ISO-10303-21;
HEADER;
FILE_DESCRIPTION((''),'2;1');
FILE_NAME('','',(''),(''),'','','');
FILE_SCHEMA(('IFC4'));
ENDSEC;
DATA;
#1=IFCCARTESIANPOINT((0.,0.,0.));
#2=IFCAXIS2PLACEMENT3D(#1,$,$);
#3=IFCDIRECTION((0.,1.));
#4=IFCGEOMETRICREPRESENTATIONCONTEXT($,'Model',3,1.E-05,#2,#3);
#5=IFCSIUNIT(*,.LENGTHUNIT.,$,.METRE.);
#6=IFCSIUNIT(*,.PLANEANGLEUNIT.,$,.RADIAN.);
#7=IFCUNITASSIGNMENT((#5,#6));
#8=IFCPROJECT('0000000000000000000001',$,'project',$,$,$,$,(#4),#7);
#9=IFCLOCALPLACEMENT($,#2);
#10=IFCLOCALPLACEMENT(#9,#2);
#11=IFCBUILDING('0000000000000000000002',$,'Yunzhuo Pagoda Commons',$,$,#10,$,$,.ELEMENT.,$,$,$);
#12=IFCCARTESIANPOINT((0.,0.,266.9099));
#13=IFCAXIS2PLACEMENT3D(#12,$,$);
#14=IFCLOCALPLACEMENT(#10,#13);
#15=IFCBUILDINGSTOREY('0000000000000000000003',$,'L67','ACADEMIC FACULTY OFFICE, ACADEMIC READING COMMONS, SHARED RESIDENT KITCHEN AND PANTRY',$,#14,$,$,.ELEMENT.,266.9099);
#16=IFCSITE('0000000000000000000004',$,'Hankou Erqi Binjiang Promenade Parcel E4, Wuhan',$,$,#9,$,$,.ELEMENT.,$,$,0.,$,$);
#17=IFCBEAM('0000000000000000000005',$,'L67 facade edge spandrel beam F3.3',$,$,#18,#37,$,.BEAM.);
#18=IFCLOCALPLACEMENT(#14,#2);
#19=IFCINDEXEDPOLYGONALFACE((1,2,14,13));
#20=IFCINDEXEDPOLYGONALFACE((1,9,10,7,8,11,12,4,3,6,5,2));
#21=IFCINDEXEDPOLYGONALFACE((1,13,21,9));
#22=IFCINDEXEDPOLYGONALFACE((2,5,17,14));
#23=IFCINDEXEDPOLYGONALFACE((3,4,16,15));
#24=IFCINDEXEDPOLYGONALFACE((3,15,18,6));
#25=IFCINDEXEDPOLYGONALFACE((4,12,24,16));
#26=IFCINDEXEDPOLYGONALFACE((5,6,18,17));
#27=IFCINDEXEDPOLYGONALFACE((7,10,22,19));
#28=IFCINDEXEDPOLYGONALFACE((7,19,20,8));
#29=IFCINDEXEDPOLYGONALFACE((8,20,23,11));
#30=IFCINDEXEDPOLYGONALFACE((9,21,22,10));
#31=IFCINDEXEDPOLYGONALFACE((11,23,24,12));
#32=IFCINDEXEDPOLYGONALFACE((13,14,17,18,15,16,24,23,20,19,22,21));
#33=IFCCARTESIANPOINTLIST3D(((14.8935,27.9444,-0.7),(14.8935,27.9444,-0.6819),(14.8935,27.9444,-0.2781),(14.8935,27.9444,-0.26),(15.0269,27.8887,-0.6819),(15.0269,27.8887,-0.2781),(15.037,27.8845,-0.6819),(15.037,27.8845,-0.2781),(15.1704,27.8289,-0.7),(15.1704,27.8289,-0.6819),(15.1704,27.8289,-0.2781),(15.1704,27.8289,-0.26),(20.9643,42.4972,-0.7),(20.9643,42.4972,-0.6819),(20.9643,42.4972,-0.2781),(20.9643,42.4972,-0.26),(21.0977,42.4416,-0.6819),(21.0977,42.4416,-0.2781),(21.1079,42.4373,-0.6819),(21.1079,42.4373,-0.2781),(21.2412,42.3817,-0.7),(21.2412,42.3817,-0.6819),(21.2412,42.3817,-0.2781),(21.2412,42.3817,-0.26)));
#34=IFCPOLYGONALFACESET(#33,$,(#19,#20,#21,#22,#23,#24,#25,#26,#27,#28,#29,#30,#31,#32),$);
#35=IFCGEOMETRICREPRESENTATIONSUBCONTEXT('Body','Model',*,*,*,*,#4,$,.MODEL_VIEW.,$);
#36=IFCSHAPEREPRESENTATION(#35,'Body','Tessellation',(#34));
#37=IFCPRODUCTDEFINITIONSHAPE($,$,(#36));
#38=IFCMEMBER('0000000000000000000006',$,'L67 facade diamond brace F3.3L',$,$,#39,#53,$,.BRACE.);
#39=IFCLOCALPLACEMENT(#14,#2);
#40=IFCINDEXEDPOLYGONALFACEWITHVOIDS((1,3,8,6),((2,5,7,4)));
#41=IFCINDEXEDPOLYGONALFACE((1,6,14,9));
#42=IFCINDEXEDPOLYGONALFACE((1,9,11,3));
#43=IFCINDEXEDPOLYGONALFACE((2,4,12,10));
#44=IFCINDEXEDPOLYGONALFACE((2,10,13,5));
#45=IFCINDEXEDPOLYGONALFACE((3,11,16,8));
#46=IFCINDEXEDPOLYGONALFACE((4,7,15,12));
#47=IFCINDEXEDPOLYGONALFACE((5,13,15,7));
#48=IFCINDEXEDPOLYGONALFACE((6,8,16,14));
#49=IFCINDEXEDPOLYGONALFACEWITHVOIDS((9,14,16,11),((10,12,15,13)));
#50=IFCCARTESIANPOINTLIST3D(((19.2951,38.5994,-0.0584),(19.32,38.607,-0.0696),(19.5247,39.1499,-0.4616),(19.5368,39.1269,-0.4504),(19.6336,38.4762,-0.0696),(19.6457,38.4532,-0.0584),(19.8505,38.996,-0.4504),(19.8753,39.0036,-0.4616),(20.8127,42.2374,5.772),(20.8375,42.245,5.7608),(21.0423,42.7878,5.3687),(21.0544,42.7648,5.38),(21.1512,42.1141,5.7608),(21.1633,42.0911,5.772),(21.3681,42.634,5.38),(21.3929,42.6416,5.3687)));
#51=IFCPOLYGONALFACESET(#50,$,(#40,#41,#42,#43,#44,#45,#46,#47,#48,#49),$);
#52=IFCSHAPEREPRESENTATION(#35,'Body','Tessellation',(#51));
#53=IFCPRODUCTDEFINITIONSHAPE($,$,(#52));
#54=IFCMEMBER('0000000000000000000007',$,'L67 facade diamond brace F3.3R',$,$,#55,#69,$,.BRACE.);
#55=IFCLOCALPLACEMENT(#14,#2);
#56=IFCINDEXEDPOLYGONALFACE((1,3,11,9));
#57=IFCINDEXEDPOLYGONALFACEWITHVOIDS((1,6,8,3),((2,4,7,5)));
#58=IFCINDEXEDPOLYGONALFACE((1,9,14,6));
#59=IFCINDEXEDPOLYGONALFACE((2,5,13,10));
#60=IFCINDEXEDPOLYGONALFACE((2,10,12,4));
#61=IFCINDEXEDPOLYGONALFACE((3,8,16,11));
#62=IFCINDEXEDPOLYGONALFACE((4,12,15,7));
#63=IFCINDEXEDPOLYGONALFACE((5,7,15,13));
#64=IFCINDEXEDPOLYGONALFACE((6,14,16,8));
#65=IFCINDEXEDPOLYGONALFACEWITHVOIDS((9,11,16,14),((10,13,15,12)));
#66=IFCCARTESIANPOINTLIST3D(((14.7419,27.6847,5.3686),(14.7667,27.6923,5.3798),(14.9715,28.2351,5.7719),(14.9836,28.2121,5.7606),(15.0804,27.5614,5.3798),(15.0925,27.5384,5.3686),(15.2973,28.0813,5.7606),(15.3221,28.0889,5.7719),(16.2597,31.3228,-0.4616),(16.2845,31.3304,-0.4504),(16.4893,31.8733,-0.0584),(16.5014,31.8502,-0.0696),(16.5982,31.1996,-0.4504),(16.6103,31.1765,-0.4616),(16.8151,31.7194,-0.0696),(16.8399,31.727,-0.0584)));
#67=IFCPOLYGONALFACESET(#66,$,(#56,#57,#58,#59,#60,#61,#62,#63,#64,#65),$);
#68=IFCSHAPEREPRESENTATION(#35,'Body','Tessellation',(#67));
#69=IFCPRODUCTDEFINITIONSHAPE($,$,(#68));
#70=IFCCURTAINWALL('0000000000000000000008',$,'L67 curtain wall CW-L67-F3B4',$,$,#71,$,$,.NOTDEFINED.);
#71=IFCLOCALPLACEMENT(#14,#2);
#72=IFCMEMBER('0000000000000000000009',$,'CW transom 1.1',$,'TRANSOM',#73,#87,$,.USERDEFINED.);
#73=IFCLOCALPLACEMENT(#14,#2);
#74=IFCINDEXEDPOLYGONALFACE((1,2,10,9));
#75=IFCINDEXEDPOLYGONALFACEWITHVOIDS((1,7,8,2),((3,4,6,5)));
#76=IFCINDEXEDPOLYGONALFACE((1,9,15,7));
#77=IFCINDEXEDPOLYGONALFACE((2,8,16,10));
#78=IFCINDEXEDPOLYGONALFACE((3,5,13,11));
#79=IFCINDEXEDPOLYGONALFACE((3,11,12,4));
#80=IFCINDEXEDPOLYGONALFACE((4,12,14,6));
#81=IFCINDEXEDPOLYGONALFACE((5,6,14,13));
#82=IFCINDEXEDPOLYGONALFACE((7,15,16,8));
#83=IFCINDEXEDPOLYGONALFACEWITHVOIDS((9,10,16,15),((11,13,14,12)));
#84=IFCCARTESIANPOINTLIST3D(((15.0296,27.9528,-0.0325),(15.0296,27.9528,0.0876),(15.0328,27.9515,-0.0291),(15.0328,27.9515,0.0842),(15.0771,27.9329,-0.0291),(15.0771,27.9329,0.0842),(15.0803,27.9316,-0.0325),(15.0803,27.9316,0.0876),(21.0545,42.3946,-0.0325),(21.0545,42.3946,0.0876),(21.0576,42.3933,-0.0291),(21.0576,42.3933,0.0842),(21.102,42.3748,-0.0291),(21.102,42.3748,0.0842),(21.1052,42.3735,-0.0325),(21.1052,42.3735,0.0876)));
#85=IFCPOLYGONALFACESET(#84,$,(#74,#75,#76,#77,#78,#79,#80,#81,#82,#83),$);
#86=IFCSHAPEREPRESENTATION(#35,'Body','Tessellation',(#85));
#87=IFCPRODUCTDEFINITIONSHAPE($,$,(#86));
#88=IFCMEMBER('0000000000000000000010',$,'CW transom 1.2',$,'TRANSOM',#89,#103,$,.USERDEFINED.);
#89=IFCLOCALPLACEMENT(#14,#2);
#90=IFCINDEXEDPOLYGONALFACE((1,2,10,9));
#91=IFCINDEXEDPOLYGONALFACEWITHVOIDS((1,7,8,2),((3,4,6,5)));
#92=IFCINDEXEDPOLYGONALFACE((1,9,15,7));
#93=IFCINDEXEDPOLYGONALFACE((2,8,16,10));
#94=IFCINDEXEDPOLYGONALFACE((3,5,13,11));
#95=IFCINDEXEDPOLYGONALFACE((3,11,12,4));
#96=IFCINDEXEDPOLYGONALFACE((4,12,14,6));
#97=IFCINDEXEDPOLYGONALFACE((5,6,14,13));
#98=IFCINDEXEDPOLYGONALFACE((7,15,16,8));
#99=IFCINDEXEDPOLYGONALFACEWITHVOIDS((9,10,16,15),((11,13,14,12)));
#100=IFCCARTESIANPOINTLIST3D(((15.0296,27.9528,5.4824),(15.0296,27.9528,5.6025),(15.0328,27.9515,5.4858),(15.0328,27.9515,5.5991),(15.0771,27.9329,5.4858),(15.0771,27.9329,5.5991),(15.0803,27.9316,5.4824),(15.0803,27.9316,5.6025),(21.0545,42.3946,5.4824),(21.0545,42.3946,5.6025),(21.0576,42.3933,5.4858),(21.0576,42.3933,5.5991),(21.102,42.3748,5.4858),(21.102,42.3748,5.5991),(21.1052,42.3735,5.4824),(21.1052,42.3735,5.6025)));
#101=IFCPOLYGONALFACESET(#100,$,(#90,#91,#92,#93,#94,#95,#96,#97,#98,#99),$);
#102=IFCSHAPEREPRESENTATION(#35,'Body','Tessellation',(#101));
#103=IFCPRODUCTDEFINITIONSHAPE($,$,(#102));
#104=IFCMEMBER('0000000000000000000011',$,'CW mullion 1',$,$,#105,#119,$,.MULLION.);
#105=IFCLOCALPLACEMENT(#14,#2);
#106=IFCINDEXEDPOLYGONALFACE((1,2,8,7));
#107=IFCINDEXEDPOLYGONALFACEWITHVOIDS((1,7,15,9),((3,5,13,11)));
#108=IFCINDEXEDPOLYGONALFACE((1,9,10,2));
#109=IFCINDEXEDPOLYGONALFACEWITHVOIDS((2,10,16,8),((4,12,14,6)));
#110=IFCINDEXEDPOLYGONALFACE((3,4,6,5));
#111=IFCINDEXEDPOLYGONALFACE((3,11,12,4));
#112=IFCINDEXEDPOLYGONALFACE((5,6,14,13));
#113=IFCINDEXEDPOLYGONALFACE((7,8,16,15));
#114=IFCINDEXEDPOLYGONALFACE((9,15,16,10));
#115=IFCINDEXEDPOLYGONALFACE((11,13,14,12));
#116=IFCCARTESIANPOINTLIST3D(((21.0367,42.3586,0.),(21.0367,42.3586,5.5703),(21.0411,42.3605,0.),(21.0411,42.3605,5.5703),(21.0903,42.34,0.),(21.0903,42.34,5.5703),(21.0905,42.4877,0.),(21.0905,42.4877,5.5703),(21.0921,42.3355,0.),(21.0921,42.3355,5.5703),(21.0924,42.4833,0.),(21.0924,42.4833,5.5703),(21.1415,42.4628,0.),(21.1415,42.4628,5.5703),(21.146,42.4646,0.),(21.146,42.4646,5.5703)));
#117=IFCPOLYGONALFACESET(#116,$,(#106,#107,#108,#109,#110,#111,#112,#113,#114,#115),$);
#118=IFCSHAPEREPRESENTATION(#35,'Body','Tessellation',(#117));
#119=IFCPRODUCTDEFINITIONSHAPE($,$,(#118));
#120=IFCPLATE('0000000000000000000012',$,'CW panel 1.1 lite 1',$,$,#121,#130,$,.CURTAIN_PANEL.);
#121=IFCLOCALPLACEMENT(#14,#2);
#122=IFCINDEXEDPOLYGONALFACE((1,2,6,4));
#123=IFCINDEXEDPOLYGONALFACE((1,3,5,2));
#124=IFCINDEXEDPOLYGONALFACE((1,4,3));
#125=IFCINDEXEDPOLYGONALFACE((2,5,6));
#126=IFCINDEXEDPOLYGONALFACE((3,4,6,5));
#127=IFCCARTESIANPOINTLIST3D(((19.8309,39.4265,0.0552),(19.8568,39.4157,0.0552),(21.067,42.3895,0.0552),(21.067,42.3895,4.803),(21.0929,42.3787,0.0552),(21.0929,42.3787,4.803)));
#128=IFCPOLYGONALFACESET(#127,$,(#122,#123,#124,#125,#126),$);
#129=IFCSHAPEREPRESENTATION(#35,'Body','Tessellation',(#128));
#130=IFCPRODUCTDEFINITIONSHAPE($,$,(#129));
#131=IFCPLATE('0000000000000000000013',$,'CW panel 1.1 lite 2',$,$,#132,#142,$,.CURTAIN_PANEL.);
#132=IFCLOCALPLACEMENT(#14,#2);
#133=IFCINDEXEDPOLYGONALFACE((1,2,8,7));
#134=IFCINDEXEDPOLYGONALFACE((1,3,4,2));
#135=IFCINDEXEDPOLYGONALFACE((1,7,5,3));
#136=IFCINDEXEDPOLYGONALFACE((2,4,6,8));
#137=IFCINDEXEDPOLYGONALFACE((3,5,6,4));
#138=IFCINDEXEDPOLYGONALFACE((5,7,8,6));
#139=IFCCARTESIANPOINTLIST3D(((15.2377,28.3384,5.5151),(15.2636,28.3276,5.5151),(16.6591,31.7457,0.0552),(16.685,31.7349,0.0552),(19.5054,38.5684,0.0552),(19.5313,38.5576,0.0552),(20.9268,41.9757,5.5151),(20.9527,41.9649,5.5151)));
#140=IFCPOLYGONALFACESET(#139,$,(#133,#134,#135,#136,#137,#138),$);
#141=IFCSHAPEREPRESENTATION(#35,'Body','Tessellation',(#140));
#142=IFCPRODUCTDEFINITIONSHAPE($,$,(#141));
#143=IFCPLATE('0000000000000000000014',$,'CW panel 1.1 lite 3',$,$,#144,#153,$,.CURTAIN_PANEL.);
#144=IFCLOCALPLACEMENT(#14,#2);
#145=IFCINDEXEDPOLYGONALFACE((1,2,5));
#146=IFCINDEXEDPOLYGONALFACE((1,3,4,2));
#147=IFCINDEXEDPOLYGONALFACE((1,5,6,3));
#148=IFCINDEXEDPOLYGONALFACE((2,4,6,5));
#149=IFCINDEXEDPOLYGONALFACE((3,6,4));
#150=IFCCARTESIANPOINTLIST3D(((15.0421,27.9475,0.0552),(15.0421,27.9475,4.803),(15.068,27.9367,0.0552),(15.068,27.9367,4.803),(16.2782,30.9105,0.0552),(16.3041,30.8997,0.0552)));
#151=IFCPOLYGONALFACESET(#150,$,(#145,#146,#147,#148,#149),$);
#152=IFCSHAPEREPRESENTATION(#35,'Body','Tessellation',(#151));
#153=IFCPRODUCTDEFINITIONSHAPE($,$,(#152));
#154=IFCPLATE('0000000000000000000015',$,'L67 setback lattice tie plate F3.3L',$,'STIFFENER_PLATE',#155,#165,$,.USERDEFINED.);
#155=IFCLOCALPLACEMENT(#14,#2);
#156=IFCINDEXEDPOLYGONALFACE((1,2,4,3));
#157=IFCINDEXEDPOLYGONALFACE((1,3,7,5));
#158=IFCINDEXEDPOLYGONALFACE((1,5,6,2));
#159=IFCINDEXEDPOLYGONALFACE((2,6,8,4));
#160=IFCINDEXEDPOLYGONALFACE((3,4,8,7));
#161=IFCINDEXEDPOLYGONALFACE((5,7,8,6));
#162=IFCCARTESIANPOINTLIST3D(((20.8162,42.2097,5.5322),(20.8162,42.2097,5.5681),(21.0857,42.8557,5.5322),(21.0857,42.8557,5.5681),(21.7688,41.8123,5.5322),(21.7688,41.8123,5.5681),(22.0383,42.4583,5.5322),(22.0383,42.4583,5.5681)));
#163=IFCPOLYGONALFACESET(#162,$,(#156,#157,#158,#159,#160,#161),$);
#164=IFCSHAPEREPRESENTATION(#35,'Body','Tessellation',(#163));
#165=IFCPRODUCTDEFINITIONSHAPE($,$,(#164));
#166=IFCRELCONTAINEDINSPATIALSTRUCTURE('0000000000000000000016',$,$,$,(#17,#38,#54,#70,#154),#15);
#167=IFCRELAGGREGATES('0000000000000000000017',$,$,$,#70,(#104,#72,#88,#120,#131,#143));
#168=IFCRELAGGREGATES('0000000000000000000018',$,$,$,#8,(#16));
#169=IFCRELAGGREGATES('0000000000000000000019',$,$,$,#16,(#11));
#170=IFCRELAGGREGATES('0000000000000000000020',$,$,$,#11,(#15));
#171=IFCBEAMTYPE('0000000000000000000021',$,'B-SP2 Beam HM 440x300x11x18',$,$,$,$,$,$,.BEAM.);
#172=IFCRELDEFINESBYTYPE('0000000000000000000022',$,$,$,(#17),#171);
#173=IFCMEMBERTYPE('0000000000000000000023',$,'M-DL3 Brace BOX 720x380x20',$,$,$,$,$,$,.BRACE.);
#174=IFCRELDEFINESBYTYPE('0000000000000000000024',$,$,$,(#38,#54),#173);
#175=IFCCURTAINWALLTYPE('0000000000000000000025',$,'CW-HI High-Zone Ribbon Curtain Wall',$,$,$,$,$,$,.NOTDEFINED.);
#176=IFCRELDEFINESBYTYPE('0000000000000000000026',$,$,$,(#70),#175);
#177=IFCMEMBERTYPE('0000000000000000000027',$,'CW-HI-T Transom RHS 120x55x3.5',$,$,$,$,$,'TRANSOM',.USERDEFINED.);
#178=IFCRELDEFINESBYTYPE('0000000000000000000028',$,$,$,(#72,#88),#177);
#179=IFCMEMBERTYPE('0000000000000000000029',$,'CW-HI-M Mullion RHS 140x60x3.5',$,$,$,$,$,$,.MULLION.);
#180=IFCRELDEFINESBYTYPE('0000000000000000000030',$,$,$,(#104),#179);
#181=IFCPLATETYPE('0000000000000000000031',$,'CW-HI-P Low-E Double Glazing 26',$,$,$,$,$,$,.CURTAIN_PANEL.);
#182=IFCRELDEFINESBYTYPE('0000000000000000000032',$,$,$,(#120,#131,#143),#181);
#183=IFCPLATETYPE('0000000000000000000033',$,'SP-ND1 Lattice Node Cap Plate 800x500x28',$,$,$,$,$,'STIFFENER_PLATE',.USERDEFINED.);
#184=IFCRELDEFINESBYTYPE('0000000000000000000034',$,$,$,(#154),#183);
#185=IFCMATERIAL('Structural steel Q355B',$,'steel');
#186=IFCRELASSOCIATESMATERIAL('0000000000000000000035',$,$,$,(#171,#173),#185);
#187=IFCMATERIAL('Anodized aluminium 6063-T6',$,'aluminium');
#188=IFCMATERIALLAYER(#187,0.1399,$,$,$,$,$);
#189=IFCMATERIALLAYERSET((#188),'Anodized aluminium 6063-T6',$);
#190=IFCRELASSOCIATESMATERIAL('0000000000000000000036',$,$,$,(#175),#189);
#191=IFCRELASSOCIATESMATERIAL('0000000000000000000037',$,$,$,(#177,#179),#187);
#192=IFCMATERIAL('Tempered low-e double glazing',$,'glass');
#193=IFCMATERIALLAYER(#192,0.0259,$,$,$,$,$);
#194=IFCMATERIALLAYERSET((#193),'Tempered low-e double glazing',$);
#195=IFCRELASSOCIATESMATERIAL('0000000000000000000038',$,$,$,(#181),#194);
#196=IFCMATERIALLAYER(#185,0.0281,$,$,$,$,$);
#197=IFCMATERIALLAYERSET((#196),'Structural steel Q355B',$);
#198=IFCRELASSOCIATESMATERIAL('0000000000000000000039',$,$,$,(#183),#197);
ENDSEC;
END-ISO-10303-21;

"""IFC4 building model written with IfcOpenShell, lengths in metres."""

from ifc_helpers import new_model, si_unit, direction, frame, origin, origin_2d, place, context, subcontext, project, spatial, polyline, rectangle, hollow_rectangle, i_section, outline, extrude, source, transform, mapped, material, layer, layer_set, material_profile, profile_set, type_object, element, aggregate, save


model = new_model("IFC4")

# Units and contexts
model_context = context("Model", 3, precision=1e-05, world=origin(), true_north=direction((0.0, 1.0)))
body_context = subcontext(model_context, "Body", "Model", "MODEL_VIEW")
ifc_project = project(units=[si_unit("LENGTHUNIT", "METRE"), si_unit("PLANEANGLEUNIT", "RADIAN")], contexts=[model_context])

# Site, building, storey
site_placement = place(None, origin())
site = spatial("IfcSite", under=ifc_project, at=site_placement, Name="Hankou Erqi Binjiang Promenade Parcel E4, Wuhan", CompositionType="ELEMENT", RefElevation=0.0)
building_placement = place(site_placement, origin())
building = spatial("IfcBuilding", under=site, at=building_placement, Name="Yunzhuo Pagoda Commons", CompositionType="ELEMENT")
storey_placement = place(building_placement, frame((0.0, 0.0, 266.9099)))
storey = spatial("IfcBuildingStorey", under=building, at=storey_placement, Name="L67", Description="ACADEMIC FACULTY OFFICE, ACADEMIC READING COMMONS, SHARED RESIDENT KITCHEN AND PANTRY", CompositionType="ELEMENT", Elevation=266.9099)

# Shared definitions
ifc_material_1 = material(Name="Structural steel Q355B", Category="steel")

# Beam
ifc_material_profile_1 = material_profile(ifc_material_1, i_section(OverallWidth=0.3, OverallDepth=0.4399, WebThickness=0.011, FlangeThickness=0.0181, at=origin_2d()), Name="Structural steel Q355B")
ifc_profile_set_1 = profile_set([ifc_material_profile_1], Name="Structural steel Q355B")
beam_type_1 = type_object("IfcBeamType", Name="B-SP2 Beam HM 440x300x11x18", PredefinedType="BEAM", material=ifc_profile_set_1)
shared_shape_1 = source(origin(), body_context, "Body", "SweptSolid", [
    extrude(i_section(OverallWidth=0.3, OverallDepth=0.4399, WebThickness=0.011, FlangeThickness=0.0181, at=origin_2d()), origin(), (0.0, 0.0, 1.0), 15.7683),
])
beam_1_placement = place(storey_placement, frame((21.1028, 42.4395, -0.48), z_axis=(-0.385002, -0.922916, 0.0), x_axis=(0.922916, -0.385002, 0.0)))
element("IfcBeam", 1, at=beam_1_placement, inside=storey, type_object=beam_type_1, Name="L67 facade edge spandrel beam F3.3", PredefinedType="BEAM", context=body_context, shape_type="MappedRepresentation", body=[
    mapped(shared_shape_1, transform((0.0, 0.0, 0.0), scale=1.0)),
])

# Members
ifc_material_profile_2 = material_profile(ifc_material_1, hollow_rectangle(XDim=0.3799, YDim=0.72, WallThickness=0.02, at=origin_2d()), Name="Structural steel Q355B")
ifc_profile_set_2 = profile_set([ifc_material_profile_2], Name="Structural steel Q355B")
member_type_1 = type_object("IfcMemberType", Name="M-DL3 Brace BOX 720x380x20", PredefinedType="BRACE", material=ifc_profile_set_2)
shared_shape_2 = source(origin(), body_context, "Body", "SweptSolid", [
    extrude(hollow_rectangle(XDim=0.3799, YDim=0.72, WallThickness=0.02, at=origin_2d()), origin(), (0.0, 0.0, 1.0), 7.0378),
])
for number, where, z_axis, x_axis, name in (
    (2, (19.5852, 38.8015, -0.26), (0.215633, 0.516916, 0.828432), (-0.922917, 0.384998, 0.0), "L67 facade diamond brace F3.3L"),
    (3, (16.5498, 31.5249, -0.26), (-0.215662, -0.516938, 0.828411), (0.922905, -0.385029, 0.0), "L67 facade diamond brace F3.3R"),
):
    element("IfcMember", number, at=place(storey_placement, frame(where, z_axis=z_axis, x_axis=x_axis)), inside=storey, type_object=member_type_1, Name=name, PredefinedType="BRACE", context=body_context, shape_type="MappedRepresentation", body=[
        mapped(shared_shape_2, transform((0.0, 0.0, 0.0), scale=1.0)),
    ])

# Curtain wall, members, plates
ifc_material_2 = material(Name="Anodized aluminium 6063-T6", Category="aluminium")
ifc_layer_1 = layer(ifc_material_2, 0.1399)
ifc_layer_set_1 = layer_set([ifc_layer_1], Name="Anodized aluminium 6063-T6")
curtain_wall_type = type_object("IfcCurtainWallType", Name="CW-HI High-Zone Ribbon Curtain Wall", PredefinedType="NOTDEFINED", material=ifc_layer_set_1)
curtain_wall_placement = place(storey_placement, origin())
curtain_wall = element("IfcCurtainWall", 4, at=curtain_wall_placement, inside=storey, type_object=curtain_wall_type, Name="L67 curtain wall CW-L67-F3B4", PredefinedType="NOTDEFINED")
ifc_material_profile_3 = material_profile(ifc_material_2, hollow_rectangle(XDim=0.0549, YDim=0.1201, WallThickness=0.0034, at=origin_2d()), Name="Anodized aluminium 6063-T6")
ifc_profile_set_3 = profile_set([ifc_material_profile_3], Name="Anodized aluminium 6063-T6")
member_type_2 = type_object("IfcMemberType", Name="CW-HI-T Transom RHS 120x55x3.5", ElementType="TRANSOM", PredefinedType="USERDEFINED", material=ifc_profile_set_3)
shared_shape_3 = source(origin(), body_context, "Body", "SweptSolid", [
    extrude(hollow_rectangle(XDim=0.0549, YDim=0.1201, WallThickness=0.0034, at=origin_2d()), origin(), (0.0, 0.0, 1.0), 15.6482),
])
member_1_placement = place(storey_placement, frame((21.0798, 42.384, 0.0276), z_axis=(-0.385021, -0.922908, 0.0), x_axis=(0.922908, -0.385021, 0.0)))
member_1 = element("IfcMember", 5, at=member_1_placement, type_object=member_type_2, Name="CW transom 1.1", ObjectType="TRANSOM", PredefinedType="USERDEFINED", context=body_context, shape_type="MappedRepresentation", body=[
    mapped(shared_shape_3, transform((0.0, 0.0, 0.0), scale=1.0)),
])
member_2_placement = place(storey_placement, frame((21.0798, 42.384, 5.5425), z_axis=(-0.385021, -0.922908, 0.0), x_axis=(0.922908, -0.385021, 0.0)))
member_2 = element("IfcMember", 6, at=member_2_placement, type_object=member_type_2, Name="CW transom 1.2", ObjectType="TRANSOM", PredefinedType="USERDEFINED", context=body_context, shape_type="MappedRepresentation", body=[
    mapped(shared_shape_3, transform((0.0, 0.0, 0.0), scale=1.0)),
])
ifc_material_profile_4 = material_profile(ifc_material_2, hollow_rectangle(XDim=0.0601, YDim=0.1399, WallThickness=0.0034, at=origin_2d()), Name="Anodized aluminium 6063-T6")
ifc_profile_set_4 = profile_set([ifc_material_profile_4], Name="Anodized aluminium 6063-T6")
member_type_3 = type_object("IfcMemberType", Name="CW-HI-M Mullion RHS 140x60x3.5", PredefinedType="MULLION", material=ifc_profile_set_4)
shared_shape_4 = source(origin(), body_context, "Body", "SweptSolid", [
    extrude(hollow_rectangle(XDim=0.0601, YDim=0.1399, WallThickness=0.0034, at=origin_2d()), origin(), (0.0, 0.0, 1.0), 5.5703),
])
member_3_placement = place(storey_placement, frame((21.0913, 42.4116, 0.0), z_axis=(0.0, 0.0, 1.0), x_axis=(0.92291, -0.385016, 0.0)))
member_3 = element("IfcMember", 7, at=member_3_placement, type_object=member_type_3, Name="CW mullion 1", PredefinedType="MULLION", context=body_context, shape_type="MappedRepresentation", body=[
    mapped(shared_shape_4, transform((0.0, 0.0, 0.0), scale=1.0)),
])
ifc_material_3 = material(Name="Tempered low-e double glazing", Category="glass")
ifc_layer_2 = layer(ifc_material_3, 0.0259)
ifc_layer_set_2 = layer_set([ifc_layer_2], Name="Tempered low-e double glazing")
plate_type_1 = type_object("IfcPlateType", Name="CW-HI-P Low-E Double Glazing 26", PredefinedType="CURTAIN_PANEL", material=ifc_layer_set_2)
plate_1_placement = place(storey_placement, frame((20.4749, 40.8972, 2.429), z_axis=(-0.92291, 0.385016, 0.0), x_axis=(-0.385016, -0.92291, 0.0)))
plate_1 = element("IfcPlate", 8, at=plate_1_placement, type_object=plate_type_1, Name="CW panel 1.1 lite 1", PredefinedType="CURTAIN_PANEL", context=body_context, shape_type="SweptSolid", body=[
    extrude(outline(polyline([(-1.6052, -2.3738), (1.6052, -2.3738), (-1.6052, 2.374), (-1.6052, -2.3738)])), origin(), (0.0, 0.0, 1.0), 0.0281),
])
plate_2_placement = place(storey_placement, frame((18.1082, 35.1462, 2.7852), z_axis=(-0.92291, 0.385016, 0.0), x_axis=(-0.385016, -0.92291, 0.0)))
plate_2 = element("IfcPlate", 9, at=plate_2_placement, type_object=plate_type_1, Name="CW panel 1.1 lite 2", PredefinedType="CURTAIN_PANEL", context=body_context, shape_type="SweptSolid", body=[
    extrude(outline(polyline([(-7.3882, 2.73), (-3.6963, -2.73), (3.6963, -2.73), (7.3882, 2.73), (-7.3882, 2.73)])), origin(), (0.0, 0.0, 1.0), 0.0281),
])
plate_3_placement = place(storey_placement, frame((15.686, 29.4182, 2.429), z_axis=(-0.92291, 0.385016, 0.0), x_axis=(-0.385016, -0.92291, 0.0)))
plate_3 = element("IfcPlate", 10, at=plate_3_placement, type_object=plate_type_1, Name="CW panel 1.1 lite 3", PredefinedType="CURTAIN_PANEL", context=body_context, shape_type="SweptSolid", body=[
    extrude(outline(polyline([(-1.6052, -2.3738), (1.6052, -2.3738), (1.6052, 2.374), (-1.6052, -2.3738)])), origin(), (0.0, 0.0, 1.0), 0.0281),
])
aggregate(curtain_wall, [member_3, member_1, member_2, plate_1, plate_2, plate_3])

# Plate
ifc_layer_3 = layer(ifc_material_1, 0.0281)
ifc_layer_set_3 = layer_set([ifc_layer_3], Name="Structural steel Q355B")
plate_type_2 = type_object("IfcPlateType", Name="SP-ND1 Lattice Node Cap Plate 800x500x28", ElementType="STIFFENER_PLATE", PredefinedType="USERDEFINED", material=ifc_layer_set_3)
shared_shape_5 = source(origin(), body_context, "Body", "SweptSolid", [
    extrude(rectangle(XDim=0.7, YDim=1.0322, at=origin_2d()), origin(), (0.0, 0.0, 1.0), 0.0359),
])
plate_4_placement = place(storey_placement, frame((21.4272, 42.334, 5.5322), z_axis=(0.0, 0.0, 1.0), x_axis=(-0.38502, -0.922908, 0.0)))
element("IfcPlate", 11, at=plate_4_placement, inside=storey, type_object=plate_type_2, Name="L67 setback lattice tie plate F3.3L", ObjectType="STIFFENER_PLATE", PredefinedType="USERDEFINED", context=body_context, shape_type="MappedRepresentation", body=[
    mapped(shared_shape_5, transform((0.0, 0.0, 0.0), scale=1.0)),
])

save(model, "model.ifc")
